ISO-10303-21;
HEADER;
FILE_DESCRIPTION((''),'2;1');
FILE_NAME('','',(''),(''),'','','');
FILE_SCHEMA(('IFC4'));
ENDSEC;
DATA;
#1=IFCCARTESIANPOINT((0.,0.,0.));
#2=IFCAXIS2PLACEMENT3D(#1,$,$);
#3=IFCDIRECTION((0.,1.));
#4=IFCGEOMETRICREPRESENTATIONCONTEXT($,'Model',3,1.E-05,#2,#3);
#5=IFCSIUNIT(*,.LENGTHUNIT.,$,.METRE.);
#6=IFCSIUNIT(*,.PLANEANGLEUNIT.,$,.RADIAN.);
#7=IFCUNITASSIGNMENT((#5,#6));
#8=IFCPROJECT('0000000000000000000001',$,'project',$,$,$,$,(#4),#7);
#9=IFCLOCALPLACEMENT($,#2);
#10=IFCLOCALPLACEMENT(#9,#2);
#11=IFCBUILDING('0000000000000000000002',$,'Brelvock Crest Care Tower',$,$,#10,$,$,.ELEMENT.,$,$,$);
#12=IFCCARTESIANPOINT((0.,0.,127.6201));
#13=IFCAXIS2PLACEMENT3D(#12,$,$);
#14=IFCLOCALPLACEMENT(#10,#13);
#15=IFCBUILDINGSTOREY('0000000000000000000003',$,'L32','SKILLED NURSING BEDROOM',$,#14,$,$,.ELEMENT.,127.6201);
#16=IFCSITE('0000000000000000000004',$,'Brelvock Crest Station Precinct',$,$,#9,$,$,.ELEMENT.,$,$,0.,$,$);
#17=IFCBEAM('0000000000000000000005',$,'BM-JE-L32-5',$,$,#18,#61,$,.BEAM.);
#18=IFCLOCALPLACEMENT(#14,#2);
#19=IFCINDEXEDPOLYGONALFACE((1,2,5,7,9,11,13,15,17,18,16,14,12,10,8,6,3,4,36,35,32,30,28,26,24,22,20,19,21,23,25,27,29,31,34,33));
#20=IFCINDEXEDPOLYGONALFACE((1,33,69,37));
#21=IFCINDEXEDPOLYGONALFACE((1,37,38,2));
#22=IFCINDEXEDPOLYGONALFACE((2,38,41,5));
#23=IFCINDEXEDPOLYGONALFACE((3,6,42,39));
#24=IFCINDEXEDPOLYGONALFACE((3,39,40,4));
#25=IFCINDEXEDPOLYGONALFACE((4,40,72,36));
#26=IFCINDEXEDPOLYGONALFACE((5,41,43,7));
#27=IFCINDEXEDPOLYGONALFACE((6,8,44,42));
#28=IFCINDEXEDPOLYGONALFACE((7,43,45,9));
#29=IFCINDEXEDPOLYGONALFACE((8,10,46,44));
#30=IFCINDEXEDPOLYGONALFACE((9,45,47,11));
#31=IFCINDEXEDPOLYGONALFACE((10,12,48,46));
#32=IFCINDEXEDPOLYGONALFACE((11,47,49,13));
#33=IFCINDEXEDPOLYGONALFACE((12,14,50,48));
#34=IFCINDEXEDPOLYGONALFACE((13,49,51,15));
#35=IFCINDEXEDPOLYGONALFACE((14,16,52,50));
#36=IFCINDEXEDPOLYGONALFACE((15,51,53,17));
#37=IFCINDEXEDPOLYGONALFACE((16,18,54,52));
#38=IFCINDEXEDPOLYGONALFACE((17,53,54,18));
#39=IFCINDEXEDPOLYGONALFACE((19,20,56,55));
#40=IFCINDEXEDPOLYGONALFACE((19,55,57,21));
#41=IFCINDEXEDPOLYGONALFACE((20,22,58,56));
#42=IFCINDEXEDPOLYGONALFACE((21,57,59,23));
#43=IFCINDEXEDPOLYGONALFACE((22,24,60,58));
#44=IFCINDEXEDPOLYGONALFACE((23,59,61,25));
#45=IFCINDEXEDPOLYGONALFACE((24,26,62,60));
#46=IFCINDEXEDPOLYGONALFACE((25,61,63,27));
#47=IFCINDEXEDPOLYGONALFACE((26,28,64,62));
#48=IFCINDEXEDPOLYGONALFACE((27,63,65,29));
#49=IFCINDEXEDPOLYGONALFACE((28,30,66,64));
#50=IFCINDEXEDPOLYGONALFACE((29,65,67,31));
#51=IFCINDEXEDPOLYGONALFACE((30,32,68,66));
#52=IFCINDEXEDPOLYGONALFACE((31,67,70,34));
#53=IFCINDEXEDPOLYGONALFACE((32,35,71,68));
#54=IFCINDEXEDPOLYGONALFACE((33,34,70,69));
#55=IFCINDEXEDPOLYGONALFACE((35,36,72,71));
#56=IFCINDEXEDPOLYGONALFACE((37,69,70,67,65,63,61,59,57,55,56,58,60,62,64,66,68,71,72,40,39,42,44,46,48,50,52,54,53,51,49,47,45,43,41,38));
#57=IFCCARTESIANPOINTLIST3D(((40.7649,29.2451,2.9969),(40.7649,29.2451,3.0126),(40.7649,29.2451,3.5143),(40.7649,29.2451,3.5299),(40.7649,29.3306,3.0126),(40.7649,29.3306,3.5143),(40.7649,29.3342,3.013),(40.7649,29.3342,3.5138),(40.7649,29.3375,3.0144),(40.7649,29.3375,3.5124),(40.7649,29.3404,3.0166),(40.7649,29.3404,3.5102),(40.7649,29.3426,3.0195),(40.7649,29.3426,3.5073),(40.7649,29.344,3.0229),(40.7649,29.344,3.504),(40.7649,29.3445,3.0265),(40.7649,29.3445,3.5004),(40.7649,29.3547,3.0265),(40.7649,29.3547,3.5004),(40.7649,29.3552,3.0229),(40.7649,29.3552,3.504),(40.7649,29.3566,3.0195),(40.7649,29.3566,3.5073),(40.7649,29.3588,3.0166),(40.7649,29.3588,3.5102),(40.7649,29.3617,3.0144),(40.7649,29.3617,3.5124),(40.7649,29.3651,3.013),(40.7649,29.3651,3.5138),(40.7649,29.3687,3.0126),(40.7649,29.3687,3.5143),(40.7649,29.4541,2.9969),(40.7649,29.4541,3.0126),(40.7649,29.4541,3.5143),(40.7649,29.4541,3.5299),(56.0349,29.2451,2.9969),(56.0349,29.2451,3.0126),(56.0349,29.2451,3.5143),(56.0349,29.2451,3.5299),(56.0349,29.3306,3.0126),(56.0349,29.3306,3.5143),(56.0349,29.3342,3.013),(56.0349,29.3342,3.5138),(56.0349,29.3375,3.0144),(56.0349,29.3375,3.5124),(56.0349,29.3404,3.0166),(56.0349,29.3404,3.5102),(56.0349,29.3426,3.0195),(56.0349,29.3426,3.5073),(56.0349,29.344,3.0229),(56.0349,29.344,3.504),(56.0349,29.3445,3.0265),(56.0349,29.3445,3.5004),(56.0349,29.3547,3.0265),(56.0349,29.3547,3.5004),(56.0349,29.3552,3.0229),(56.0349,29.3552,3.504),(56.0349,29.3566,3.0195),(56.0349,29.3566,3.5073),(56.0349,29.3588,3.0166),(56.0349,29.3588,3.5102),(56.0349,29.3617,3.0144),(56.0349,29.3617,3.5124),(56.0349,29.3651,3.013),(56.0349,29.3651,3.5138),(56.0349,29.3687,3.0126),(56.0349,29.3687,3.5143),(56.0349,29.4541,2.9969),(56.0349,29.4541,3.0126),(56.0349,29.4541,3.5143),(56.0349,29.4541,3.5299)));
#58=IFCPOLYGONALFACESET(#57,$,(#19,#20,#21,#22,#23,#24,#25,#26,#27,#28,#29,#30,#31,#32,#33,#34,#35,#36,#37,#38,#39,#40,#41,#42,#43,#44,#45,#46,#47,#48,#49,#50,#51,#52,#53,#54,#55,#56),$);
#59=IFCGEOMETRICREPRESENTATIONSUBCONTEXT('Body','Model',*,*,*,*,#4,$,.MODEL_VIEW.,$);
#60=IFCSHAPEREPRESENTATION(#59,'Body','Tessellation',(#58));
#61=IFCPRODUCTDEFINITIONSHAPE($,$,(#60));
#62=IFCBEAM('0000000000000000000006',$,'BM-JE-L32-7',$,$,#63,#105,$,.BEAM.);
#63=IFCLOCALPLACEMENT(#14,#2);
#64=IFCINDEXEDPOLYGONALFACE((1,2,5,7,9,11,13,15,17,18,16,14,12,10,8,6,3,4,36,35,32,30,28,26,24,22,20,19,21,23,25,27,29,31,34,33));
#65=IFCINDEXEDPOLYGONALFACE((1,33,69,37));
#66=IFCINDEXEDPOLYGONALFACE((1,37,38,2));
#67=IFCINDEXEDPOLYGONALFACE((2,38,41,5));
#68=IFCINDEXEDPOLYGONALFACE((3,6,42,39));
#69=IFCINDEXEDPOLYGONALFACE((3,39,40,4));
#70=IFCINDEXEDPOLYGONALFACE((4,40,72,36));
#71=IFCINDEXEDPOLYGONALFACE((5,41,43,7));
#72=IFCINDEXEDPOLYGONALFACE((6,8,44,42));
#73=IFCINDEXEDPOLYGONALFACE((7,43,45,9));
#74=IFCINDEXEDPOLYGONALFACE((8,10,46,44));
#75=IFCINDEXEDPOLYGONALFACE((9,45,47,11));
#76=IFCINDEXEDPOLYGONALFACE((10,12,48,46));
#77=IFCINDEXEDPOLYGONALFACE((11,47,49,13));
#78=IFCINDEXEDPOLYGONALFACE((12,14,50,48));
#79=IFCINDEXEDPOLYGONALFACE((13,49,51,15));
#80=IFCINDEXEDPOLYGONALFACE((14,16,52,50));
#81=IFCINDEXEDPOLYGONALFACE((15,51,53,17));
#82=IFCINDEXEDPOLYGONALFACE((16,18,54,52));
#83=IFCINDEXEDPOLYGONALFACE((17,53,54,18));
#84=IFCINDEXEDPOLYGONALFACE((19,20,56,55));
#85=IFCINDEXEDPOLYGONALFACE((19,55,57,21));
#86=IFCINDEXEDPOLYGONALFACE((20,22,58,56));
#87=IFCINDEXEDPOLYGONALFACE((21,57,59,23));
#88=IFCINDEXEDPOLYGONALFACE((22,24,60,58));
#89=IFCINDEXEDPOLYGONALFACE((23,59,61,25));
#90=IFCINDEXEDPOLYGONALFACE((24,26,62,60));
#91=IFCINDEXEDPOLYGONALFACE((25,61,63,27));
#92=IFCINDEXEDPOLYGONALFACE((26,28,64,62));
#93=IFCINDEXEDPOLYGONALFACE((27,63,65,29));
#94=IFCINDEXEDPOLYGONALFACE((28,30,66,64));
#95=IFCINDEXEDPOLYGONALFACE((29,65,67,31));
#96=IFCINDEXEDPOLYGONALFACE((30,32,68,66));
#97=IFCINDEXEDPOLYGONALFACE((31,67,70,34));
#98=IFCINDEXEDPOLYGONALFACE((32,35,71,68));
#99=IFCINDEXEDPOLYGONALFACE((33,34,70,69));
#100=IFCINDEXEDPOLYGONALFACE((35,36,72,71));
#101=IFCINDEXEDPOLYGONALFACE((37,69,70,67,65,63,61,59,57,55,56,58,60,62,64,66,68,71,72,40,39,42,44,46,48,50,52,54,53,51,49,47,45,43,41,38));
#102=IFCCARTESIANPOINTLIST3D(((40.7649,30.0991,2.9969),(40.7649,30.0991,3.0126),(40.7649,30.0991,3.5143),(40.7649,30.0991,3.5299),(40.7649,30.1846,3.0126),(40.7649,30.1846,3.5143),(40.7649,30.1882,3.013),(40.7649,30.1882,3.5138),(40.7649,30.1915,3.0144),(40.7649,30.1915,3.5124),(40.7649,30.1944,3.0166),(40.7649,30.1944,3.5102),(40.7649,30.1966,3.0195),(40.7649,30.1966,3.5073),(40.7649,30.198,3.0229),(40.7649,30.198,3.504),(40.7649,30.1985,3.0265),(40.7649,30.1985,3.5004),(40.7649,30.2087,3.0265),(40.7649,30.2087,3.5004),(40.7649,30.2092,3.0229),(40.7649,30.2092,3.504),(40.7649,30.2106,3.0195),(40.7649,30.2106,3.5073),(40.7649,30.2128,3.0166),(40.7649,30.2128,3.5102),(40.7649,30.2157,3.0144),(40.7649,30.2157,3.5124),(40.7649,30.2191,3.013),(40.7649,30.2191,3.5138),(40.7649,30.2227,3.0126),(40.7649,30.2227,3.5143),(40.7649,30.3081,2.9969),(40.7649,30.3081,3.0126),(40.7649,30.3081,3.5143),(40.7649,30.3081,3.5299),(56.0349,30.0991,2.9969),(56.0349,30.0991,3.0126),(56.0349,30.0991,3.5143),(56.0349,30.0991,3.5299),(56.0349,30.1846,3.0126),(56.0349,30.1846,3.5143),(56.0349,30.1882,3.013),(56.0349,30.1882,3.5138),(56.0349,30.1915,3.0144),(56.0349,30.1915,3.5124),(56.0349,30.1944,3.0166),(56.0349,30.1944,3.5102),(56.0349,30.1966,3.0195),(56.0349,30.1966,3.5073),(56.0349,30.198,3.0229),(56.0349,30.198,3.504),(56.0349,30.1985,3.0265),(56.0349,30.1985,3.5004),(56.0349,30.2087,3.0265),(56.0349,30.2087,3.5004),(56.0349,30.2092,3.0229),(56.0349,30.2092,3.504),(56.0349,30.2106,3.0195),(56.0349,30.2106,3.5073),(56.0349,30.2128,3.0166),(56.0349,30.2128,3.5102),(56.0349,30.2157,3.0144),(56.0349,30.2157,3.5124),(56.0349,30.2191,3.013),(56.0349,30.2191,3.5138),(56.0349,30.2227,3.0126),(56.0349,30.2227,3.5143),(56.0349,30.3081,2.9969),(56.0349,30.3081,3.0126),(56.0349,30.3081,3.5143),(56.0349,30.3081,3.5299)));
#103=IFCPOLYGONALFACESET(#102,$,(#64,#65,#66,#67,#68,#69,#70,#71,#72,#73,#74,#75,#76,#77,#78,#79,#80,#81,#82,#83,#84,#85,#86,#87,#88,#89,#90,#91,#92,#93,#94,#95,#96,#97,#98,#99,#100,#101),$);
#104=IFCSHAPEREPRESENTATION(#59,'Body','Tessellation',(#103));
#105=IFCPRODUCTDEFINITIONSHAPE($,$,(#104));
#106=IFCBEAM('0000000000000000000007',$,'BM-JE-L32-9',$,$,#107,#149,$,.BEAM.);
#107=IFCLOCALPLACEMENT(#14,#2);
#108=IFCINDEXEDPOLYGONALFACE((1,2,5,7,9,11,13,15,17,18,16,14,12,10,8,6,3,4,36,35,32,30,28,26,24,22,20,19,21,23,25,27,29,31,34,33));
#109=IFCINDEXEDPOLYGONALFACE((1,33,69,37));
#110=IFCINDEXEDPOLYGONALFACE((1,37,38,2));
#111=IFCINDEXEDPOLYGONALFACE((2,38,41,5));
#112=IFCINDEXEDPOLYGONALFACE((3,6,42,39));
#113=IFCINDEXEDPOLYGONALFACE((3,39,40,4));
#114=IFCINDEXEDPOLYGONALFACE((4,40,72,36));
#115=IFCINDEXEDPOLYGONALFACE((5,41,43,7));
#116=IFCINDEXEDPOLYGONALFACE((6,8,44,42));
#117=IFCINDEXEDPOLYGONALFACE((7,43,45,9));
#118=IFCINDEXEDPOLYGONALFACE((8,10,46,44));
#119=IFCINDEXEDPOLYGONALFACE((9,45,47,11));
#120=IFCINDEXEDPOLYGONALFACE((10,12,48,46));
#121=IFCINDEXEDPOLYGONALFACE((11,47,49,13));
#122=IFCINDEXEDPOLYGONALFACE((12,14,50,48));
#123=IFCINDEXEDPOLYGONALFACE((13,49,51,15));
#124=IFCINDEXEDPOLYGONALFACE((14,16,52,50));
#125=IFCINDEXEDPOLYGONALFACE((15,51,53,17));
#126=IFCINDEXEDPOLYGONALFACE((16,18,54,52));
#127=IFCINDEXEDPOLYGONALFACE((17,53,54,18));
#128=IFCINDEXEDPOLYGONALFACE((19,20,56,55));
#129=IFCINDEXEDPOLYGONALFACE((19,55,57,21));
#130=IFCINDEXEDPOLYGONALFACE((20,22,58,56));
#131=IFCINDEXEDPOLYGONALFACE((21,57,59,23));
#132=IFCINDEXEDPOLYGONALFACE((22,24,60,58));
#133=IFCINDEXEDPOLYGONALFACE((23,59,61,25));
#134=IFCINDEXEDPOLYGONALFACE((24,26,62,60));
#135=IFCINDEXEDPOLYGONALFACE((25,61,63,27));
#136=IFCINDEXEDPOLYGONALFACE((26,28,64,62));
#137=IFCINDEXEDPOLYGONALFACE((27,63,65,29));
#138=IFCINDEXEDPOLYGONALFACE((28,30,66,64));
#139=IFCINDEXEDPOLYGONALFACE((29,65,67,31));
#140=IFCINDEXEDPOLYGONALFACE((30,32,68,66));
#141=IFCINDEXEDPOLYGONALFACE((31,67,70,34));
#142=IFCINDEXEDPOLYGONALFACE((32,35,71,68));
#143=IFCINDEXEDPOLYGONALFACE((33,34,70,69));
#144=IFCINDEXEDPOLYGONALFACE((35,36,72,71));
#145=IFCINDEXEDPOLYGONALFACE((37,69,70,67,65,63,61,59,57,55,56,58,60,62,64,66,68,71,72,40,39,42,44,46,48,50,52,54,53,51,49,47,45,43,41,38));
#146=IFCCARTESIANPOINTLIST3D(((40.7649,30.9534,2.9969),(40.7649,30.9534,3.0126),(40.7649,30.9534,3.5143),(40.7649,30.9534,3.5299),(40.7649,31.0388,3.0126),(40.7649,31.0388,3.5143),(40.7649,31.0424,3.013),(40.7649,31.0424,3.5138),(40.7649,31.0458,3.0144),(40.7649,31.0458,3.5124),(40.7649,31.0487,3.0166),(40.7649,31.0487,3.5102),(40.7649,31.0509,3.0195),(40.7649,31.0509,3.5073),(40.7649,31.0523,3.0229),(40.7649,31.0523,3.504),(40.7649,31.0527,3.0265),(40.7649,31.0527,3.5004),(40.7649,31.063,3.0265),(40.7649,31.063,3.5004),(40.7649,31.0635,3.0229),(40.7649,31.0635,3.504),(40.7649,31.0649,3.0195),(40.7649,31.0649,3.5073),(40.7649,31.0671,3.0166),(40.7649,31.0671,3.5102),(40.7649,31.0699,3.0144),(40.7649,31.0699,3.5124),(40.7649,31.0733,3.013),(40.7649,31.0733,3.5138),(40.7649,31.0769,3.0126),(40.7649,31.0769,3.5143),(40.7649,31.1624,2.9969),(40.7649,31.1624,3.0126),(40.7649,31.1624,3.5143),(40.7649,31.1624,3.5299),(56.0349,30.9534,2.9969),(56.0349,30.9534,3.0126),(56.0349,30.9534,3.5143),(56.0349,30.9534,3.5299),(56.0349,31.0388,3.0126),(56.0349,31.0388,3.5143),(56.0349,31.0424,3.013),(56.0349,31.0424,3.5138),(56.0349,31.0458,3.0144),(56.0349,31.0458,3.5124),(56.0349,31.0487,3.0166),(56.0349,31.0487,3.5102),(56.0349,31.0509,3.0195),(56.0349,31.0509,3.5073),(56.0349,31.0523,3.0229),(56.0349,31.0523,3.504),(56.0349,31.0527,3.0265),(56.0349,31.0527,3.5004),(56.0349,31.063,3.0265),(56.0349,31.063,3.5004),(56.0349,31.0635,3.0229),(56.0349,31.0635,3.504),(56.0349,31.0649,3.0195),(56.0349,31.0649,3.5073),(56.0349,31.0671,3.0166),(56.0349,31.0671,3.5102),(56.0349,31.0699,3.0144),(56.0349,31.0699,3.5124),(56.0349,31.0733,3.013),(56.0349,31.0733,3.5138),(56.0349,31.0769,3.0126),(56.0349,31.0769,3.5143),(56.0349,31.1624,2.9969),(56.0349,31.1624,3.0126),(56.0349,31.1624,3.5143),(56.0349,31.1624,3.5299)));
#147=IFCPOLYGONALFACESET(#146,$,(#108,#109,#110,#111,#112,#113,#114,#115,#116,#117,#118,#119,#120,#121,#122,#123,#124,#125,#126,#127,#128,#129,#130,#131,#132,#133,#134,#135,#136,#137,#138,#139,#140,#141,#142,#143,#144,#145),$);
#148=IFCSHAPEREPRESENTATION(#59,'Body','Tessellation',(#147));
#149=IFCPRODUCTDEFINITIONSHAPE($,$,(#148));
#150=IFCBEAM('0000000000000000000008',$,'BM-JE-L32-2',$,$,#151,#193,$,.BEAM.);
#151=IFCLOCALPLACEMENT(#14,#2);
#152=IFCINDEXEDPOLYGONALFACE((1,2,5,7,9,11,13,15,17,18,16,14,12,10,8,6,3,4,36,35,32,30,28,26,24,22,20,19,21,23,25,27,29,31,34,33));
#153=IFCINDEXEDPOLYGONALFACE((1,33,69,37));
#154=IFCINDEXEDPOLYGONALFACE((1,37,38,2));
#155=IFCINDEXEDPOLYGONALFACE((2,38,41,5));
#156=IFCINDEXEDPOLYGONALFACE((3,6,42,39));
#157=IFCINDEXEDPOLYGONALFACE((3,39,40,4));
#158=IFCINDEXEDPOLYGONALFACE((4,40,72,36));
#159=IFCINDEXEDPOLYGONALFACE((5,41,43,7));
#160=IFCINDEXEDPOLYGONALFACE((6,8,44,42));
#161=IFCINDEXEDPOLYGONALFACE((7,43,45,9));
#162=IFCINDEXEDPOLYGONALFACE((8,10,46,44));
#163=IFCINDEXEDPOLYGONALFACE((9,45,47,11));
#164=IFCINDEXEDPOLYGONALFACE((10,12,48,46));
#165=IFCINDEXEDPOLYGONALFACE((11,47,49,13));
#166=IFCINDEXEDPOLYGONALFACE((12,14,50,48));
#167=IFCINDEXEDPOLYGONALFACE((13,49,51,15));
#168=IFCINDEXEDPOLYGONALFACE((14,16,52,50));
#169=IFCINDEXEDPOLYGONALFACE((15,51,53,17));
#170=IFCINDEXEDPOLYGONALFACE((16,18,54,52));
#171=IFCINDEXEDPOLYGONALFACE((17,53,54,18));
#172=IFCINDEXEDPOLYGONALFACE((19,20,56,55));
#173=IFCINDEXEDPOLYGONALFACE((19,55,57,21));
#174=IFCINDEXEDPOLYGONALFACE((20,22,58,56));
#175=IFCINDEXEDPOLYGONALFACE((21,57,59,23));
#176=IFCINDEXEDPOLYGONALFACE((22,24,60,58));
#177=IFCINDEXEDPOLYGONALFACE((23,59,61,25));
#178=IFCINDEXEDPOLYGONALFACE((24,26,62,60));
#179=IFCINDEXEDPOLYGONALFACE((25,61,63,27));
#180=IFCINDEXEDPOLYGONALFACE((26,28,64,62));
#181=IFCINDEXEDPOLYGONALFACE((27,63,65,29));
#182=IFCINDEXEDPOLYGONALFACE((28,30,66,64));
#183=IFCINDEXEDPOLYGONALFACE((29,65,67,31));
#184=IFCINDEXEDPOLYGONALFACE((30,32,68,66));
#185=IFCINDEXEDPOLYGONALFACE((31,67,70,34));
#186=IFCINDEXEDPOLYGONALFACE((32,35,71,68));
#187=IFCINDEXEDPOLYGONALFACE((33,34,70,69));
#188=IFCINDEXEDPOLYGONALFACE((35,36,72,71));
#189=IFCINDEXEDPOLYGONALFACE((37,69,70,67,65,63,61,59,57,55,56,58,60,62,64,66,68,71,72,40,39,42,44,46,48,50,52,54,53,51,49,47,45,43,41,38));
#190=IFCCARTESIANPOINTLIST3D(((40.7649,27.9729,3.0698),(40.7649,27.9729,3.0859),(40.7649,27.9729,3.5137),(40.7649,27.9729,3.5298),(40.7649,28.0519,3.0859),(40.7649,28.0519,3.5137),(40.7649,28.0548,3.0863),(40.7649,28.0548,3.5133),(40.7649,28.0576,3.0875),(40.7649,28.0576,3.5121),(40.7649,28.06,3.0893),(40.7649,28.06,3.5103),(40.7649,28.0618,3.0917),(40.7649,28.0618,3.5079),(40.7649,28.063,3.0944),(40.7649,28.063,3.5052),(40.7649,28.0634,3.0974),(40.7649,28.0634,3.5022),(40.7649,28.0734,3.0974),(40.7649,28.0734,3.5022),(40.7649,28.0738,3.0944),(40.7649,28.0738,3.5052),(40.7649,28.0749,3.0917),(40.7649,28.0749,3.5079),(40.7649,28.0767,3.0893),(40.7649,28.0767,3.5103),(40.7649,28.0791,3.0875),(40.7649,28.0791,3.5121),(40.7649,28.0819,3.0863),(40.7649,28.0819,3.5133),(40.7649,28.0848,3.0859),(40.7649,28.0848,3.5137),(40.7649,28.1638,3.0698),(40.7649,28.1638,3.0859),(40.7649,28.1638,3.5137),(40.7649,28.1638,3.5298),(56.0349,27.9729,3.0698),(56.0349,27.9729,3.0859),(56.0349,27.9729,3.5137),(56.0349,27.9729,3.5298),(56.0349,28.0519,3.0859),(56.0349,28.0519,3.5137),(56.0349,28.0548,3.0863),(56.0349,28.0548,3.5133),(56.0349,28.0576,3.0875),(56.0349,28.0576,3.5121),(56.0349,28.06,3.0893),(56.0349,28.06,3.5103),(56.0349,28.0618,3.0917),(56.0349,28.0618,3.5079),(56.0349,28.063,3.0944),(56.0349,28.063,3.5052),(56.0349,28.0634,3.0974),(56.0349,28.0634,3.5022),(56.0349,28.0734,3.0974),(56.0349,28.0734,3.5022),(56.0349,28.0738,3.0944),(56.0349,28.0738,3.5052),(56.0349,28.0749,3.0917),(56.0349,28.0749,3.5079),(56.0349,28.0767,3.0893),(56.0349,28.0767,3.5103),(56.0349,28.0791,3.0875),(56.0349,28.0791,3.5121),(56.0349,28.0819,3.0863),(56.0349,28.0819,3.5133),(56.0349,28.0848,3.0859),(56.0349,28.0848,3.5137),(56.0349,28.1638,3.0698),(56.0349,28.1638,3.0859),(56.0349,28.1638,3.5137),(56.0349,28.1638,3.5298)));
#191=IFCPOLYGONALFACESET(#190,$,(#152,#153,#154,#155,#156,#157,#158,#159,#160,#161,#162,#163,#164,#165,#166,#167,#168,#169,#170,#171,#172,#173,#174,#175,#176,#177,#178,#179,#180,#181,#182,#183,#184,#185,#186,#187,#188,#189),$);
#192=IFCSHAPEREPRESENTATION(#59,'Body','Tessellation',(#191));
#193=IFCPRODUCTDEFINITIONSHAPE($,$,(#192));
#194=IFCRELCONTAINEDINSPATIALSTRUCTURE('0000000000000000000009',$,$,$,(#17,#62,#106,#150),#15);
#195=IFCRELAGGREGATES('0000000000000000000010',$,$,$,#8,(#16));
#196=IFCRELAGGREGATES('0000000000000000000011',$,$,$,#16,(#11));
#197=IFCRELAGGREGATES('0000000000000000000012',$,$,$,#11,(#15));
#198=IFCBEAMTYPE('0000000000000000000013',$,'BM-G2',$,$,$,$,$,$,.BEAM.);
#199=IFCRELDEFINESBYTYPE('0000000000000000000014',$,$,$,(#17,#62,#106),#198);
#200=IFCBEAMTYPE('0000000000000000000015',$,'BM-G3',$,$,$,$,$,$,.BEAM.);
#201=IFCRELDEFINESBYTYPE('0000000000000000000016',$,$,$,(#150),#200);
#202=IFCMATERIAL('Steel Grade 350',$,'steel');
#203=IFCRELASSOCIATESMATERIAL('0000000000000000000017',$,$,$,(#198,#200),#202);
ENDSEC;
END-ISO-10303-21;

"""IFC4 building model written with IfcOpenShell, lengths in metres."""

from ifc_helpers import new_model, si_unit, direction, frame, origin, origin_2d, place, context, subcontext, project, spatial, i_section, extrude, source, transform, mapped, material, material_profile, profile_set, type_object, element, save


model = new_model("IFC4")

# Units and contexts
model_context = context("Model", 3, precision=1e-05, world=origin(), true_north=direction((0.0, 1.0)))
body_context = subcontext(model_context, "Body", "Model", "MODEL_VIEW")
ifc_project = project(units=[si_unit("LENGTHUNIT", "METRE"), si_unit("PLANEANGLEUNIT", "RADIAN")], contexts=[model_context])

# Site, building, storey
site_placement = place(None, origin())
site = spatial("IfcSite", under=ifc_project, at=site_placement, Name="Brelvock Crest Station Precinct", CompositionType="ELEMENT", RefElevation=0.0)
building_placement = place(site_placement, origin())
building = spatial("IfcBuilding", under=site, at=building_placement, Name="Brelvock Crest Care Tower", CompositionType="ELEMENT")
storey_placement = place(building_placement, frame((0.0, 0.0, 127.6201)))
storey = spatial("IfcBuildingStorey", under=building, at=storey_placement, Name="L32", Description="SKILLED NURSING BEDROOM", CompositionType="ELEMENT", Elevation=127.6201)

# Shared definitions
ifc_material_1 = material(Name="Steel Grade 350", Category="steel")

# Beams
ifc_material_profile_1 = material_profile(ifc_material_1, i_section(OverallWidth=0.209, OverallDepth=0.533, WebThickness=0.0103, FlangeThickness=0.0156, FilletRadius=0.0139, at=origin_2d()), Name="530UB92.4")
ifc_profile_set_1 = profile_set([ifc_material_profile_1], Name="Steel Grade 350")
beam_type_1 = type_object("IfcBeamType", Name="BM-G2", PredefinedType="BEAM", material=ifc_profile_set_1)
shared_shape_1 = source(origin(), body_context, "Body", "SweptSolid", [
    extrude(i_section(OverallWidth=0.209, OverallDepth=0.533, WebThickness=0.0103, FlangeThickness=0.0156, FilletRadius=0.0139, at=origin_2d()), origin(), (0.0, 0.0, 1.0), 15.27),
])
for number, where, z_axis, x_axis, name in (
    (1, (40.7649, 29.3496, 3.2634), (1.0, 0.0, 0.0), (0.0, 1.0, 0.0), "BM-JE-L32-5"),
    (2, (40.7649, 30.2036, 3.2634), (1.0, 0.0, 0.0), (0.0, 1.0, 0.0), "BM-JE-L32-7"),
    (3, (40.7649, 31.0579, 3.2634), (1.0, 0.0, 0.0), (0.0, 1.0, 0.0), "BM-JE-L32-9"),
):
    element("IfcBeam", number, at=place(storey_placement, frame(where, z_axis=z_axis, x_axis=x_axis)), inside=storey, type_object=beam_type_1, Name=name, PredefinedType="BEAM", context=body_context, shape_type="MappedRepresentation", body=[
        mapped(shared_shape_1, transform((0.0, 0.0, 0.0), x_axis=(1.0, 0.0, 0.0), y_axis=(0.0, 1.0, 0.0), z_axis=(0.0, 0.0, 1.0), scale=1.0)),
    ])
ifc_material_profile_2 = material_profile(ifc_material_1, i_section(OverallWidth=0.1909, OverallDepth=0.46, WebThickness=0.01, FlangeThickness=0.0161, FilletRadius=0.0115, at=origin_2d()), Name="460UB82.1")
ifc_profile_set_2 = profile_set([ifc_material_profile_2], Name="Steel Grade 350")
beam_type_2 = type_object("IfcBeamType", Name="BM-G3", PredefinedType="BEAM", material=ifc_profile_set_2)
shared_shape_2 = source(origin(), body_context, "Body", "SweptSolid", [
    extrude(i_section(OverallWidth=0.1909, OverallDepth=0.46, WebThickness=0.01, FlangeThickness=0.0161, FilletRadius=0.0115, at=origin_2d()), origin(), (0.0, 0.0, 1.0), 15.27),
])
for number, where, z_axis, x_axis, name in (
    (4, (40.7649, 28.0684, 3.2998), (1.0, 0.0, 0.0), (0.0, 1.0, 0.0), "BM-JE-L32-2"),
):
    element("IfcBeam", number, at=place(storey_placement, frame(where, z_axis=z_axis, x_axis=x_axis)), inside=storey, type_object=beam_type_2, Name=name, PredefinedType="BEAM", context=body_context, shape_type="MappedRepresentation", body=[
        mapped(shared_shape_2, transform((0.0, 0.0, 0.0), x_axis=(1.0, 0.0, 0.0), y_axis=(0.0, 1.0, 0.0), z_axis=(0.0, 0.0, 1.0), scale=1.0)),
    ])

save(model, "model.ifc")
